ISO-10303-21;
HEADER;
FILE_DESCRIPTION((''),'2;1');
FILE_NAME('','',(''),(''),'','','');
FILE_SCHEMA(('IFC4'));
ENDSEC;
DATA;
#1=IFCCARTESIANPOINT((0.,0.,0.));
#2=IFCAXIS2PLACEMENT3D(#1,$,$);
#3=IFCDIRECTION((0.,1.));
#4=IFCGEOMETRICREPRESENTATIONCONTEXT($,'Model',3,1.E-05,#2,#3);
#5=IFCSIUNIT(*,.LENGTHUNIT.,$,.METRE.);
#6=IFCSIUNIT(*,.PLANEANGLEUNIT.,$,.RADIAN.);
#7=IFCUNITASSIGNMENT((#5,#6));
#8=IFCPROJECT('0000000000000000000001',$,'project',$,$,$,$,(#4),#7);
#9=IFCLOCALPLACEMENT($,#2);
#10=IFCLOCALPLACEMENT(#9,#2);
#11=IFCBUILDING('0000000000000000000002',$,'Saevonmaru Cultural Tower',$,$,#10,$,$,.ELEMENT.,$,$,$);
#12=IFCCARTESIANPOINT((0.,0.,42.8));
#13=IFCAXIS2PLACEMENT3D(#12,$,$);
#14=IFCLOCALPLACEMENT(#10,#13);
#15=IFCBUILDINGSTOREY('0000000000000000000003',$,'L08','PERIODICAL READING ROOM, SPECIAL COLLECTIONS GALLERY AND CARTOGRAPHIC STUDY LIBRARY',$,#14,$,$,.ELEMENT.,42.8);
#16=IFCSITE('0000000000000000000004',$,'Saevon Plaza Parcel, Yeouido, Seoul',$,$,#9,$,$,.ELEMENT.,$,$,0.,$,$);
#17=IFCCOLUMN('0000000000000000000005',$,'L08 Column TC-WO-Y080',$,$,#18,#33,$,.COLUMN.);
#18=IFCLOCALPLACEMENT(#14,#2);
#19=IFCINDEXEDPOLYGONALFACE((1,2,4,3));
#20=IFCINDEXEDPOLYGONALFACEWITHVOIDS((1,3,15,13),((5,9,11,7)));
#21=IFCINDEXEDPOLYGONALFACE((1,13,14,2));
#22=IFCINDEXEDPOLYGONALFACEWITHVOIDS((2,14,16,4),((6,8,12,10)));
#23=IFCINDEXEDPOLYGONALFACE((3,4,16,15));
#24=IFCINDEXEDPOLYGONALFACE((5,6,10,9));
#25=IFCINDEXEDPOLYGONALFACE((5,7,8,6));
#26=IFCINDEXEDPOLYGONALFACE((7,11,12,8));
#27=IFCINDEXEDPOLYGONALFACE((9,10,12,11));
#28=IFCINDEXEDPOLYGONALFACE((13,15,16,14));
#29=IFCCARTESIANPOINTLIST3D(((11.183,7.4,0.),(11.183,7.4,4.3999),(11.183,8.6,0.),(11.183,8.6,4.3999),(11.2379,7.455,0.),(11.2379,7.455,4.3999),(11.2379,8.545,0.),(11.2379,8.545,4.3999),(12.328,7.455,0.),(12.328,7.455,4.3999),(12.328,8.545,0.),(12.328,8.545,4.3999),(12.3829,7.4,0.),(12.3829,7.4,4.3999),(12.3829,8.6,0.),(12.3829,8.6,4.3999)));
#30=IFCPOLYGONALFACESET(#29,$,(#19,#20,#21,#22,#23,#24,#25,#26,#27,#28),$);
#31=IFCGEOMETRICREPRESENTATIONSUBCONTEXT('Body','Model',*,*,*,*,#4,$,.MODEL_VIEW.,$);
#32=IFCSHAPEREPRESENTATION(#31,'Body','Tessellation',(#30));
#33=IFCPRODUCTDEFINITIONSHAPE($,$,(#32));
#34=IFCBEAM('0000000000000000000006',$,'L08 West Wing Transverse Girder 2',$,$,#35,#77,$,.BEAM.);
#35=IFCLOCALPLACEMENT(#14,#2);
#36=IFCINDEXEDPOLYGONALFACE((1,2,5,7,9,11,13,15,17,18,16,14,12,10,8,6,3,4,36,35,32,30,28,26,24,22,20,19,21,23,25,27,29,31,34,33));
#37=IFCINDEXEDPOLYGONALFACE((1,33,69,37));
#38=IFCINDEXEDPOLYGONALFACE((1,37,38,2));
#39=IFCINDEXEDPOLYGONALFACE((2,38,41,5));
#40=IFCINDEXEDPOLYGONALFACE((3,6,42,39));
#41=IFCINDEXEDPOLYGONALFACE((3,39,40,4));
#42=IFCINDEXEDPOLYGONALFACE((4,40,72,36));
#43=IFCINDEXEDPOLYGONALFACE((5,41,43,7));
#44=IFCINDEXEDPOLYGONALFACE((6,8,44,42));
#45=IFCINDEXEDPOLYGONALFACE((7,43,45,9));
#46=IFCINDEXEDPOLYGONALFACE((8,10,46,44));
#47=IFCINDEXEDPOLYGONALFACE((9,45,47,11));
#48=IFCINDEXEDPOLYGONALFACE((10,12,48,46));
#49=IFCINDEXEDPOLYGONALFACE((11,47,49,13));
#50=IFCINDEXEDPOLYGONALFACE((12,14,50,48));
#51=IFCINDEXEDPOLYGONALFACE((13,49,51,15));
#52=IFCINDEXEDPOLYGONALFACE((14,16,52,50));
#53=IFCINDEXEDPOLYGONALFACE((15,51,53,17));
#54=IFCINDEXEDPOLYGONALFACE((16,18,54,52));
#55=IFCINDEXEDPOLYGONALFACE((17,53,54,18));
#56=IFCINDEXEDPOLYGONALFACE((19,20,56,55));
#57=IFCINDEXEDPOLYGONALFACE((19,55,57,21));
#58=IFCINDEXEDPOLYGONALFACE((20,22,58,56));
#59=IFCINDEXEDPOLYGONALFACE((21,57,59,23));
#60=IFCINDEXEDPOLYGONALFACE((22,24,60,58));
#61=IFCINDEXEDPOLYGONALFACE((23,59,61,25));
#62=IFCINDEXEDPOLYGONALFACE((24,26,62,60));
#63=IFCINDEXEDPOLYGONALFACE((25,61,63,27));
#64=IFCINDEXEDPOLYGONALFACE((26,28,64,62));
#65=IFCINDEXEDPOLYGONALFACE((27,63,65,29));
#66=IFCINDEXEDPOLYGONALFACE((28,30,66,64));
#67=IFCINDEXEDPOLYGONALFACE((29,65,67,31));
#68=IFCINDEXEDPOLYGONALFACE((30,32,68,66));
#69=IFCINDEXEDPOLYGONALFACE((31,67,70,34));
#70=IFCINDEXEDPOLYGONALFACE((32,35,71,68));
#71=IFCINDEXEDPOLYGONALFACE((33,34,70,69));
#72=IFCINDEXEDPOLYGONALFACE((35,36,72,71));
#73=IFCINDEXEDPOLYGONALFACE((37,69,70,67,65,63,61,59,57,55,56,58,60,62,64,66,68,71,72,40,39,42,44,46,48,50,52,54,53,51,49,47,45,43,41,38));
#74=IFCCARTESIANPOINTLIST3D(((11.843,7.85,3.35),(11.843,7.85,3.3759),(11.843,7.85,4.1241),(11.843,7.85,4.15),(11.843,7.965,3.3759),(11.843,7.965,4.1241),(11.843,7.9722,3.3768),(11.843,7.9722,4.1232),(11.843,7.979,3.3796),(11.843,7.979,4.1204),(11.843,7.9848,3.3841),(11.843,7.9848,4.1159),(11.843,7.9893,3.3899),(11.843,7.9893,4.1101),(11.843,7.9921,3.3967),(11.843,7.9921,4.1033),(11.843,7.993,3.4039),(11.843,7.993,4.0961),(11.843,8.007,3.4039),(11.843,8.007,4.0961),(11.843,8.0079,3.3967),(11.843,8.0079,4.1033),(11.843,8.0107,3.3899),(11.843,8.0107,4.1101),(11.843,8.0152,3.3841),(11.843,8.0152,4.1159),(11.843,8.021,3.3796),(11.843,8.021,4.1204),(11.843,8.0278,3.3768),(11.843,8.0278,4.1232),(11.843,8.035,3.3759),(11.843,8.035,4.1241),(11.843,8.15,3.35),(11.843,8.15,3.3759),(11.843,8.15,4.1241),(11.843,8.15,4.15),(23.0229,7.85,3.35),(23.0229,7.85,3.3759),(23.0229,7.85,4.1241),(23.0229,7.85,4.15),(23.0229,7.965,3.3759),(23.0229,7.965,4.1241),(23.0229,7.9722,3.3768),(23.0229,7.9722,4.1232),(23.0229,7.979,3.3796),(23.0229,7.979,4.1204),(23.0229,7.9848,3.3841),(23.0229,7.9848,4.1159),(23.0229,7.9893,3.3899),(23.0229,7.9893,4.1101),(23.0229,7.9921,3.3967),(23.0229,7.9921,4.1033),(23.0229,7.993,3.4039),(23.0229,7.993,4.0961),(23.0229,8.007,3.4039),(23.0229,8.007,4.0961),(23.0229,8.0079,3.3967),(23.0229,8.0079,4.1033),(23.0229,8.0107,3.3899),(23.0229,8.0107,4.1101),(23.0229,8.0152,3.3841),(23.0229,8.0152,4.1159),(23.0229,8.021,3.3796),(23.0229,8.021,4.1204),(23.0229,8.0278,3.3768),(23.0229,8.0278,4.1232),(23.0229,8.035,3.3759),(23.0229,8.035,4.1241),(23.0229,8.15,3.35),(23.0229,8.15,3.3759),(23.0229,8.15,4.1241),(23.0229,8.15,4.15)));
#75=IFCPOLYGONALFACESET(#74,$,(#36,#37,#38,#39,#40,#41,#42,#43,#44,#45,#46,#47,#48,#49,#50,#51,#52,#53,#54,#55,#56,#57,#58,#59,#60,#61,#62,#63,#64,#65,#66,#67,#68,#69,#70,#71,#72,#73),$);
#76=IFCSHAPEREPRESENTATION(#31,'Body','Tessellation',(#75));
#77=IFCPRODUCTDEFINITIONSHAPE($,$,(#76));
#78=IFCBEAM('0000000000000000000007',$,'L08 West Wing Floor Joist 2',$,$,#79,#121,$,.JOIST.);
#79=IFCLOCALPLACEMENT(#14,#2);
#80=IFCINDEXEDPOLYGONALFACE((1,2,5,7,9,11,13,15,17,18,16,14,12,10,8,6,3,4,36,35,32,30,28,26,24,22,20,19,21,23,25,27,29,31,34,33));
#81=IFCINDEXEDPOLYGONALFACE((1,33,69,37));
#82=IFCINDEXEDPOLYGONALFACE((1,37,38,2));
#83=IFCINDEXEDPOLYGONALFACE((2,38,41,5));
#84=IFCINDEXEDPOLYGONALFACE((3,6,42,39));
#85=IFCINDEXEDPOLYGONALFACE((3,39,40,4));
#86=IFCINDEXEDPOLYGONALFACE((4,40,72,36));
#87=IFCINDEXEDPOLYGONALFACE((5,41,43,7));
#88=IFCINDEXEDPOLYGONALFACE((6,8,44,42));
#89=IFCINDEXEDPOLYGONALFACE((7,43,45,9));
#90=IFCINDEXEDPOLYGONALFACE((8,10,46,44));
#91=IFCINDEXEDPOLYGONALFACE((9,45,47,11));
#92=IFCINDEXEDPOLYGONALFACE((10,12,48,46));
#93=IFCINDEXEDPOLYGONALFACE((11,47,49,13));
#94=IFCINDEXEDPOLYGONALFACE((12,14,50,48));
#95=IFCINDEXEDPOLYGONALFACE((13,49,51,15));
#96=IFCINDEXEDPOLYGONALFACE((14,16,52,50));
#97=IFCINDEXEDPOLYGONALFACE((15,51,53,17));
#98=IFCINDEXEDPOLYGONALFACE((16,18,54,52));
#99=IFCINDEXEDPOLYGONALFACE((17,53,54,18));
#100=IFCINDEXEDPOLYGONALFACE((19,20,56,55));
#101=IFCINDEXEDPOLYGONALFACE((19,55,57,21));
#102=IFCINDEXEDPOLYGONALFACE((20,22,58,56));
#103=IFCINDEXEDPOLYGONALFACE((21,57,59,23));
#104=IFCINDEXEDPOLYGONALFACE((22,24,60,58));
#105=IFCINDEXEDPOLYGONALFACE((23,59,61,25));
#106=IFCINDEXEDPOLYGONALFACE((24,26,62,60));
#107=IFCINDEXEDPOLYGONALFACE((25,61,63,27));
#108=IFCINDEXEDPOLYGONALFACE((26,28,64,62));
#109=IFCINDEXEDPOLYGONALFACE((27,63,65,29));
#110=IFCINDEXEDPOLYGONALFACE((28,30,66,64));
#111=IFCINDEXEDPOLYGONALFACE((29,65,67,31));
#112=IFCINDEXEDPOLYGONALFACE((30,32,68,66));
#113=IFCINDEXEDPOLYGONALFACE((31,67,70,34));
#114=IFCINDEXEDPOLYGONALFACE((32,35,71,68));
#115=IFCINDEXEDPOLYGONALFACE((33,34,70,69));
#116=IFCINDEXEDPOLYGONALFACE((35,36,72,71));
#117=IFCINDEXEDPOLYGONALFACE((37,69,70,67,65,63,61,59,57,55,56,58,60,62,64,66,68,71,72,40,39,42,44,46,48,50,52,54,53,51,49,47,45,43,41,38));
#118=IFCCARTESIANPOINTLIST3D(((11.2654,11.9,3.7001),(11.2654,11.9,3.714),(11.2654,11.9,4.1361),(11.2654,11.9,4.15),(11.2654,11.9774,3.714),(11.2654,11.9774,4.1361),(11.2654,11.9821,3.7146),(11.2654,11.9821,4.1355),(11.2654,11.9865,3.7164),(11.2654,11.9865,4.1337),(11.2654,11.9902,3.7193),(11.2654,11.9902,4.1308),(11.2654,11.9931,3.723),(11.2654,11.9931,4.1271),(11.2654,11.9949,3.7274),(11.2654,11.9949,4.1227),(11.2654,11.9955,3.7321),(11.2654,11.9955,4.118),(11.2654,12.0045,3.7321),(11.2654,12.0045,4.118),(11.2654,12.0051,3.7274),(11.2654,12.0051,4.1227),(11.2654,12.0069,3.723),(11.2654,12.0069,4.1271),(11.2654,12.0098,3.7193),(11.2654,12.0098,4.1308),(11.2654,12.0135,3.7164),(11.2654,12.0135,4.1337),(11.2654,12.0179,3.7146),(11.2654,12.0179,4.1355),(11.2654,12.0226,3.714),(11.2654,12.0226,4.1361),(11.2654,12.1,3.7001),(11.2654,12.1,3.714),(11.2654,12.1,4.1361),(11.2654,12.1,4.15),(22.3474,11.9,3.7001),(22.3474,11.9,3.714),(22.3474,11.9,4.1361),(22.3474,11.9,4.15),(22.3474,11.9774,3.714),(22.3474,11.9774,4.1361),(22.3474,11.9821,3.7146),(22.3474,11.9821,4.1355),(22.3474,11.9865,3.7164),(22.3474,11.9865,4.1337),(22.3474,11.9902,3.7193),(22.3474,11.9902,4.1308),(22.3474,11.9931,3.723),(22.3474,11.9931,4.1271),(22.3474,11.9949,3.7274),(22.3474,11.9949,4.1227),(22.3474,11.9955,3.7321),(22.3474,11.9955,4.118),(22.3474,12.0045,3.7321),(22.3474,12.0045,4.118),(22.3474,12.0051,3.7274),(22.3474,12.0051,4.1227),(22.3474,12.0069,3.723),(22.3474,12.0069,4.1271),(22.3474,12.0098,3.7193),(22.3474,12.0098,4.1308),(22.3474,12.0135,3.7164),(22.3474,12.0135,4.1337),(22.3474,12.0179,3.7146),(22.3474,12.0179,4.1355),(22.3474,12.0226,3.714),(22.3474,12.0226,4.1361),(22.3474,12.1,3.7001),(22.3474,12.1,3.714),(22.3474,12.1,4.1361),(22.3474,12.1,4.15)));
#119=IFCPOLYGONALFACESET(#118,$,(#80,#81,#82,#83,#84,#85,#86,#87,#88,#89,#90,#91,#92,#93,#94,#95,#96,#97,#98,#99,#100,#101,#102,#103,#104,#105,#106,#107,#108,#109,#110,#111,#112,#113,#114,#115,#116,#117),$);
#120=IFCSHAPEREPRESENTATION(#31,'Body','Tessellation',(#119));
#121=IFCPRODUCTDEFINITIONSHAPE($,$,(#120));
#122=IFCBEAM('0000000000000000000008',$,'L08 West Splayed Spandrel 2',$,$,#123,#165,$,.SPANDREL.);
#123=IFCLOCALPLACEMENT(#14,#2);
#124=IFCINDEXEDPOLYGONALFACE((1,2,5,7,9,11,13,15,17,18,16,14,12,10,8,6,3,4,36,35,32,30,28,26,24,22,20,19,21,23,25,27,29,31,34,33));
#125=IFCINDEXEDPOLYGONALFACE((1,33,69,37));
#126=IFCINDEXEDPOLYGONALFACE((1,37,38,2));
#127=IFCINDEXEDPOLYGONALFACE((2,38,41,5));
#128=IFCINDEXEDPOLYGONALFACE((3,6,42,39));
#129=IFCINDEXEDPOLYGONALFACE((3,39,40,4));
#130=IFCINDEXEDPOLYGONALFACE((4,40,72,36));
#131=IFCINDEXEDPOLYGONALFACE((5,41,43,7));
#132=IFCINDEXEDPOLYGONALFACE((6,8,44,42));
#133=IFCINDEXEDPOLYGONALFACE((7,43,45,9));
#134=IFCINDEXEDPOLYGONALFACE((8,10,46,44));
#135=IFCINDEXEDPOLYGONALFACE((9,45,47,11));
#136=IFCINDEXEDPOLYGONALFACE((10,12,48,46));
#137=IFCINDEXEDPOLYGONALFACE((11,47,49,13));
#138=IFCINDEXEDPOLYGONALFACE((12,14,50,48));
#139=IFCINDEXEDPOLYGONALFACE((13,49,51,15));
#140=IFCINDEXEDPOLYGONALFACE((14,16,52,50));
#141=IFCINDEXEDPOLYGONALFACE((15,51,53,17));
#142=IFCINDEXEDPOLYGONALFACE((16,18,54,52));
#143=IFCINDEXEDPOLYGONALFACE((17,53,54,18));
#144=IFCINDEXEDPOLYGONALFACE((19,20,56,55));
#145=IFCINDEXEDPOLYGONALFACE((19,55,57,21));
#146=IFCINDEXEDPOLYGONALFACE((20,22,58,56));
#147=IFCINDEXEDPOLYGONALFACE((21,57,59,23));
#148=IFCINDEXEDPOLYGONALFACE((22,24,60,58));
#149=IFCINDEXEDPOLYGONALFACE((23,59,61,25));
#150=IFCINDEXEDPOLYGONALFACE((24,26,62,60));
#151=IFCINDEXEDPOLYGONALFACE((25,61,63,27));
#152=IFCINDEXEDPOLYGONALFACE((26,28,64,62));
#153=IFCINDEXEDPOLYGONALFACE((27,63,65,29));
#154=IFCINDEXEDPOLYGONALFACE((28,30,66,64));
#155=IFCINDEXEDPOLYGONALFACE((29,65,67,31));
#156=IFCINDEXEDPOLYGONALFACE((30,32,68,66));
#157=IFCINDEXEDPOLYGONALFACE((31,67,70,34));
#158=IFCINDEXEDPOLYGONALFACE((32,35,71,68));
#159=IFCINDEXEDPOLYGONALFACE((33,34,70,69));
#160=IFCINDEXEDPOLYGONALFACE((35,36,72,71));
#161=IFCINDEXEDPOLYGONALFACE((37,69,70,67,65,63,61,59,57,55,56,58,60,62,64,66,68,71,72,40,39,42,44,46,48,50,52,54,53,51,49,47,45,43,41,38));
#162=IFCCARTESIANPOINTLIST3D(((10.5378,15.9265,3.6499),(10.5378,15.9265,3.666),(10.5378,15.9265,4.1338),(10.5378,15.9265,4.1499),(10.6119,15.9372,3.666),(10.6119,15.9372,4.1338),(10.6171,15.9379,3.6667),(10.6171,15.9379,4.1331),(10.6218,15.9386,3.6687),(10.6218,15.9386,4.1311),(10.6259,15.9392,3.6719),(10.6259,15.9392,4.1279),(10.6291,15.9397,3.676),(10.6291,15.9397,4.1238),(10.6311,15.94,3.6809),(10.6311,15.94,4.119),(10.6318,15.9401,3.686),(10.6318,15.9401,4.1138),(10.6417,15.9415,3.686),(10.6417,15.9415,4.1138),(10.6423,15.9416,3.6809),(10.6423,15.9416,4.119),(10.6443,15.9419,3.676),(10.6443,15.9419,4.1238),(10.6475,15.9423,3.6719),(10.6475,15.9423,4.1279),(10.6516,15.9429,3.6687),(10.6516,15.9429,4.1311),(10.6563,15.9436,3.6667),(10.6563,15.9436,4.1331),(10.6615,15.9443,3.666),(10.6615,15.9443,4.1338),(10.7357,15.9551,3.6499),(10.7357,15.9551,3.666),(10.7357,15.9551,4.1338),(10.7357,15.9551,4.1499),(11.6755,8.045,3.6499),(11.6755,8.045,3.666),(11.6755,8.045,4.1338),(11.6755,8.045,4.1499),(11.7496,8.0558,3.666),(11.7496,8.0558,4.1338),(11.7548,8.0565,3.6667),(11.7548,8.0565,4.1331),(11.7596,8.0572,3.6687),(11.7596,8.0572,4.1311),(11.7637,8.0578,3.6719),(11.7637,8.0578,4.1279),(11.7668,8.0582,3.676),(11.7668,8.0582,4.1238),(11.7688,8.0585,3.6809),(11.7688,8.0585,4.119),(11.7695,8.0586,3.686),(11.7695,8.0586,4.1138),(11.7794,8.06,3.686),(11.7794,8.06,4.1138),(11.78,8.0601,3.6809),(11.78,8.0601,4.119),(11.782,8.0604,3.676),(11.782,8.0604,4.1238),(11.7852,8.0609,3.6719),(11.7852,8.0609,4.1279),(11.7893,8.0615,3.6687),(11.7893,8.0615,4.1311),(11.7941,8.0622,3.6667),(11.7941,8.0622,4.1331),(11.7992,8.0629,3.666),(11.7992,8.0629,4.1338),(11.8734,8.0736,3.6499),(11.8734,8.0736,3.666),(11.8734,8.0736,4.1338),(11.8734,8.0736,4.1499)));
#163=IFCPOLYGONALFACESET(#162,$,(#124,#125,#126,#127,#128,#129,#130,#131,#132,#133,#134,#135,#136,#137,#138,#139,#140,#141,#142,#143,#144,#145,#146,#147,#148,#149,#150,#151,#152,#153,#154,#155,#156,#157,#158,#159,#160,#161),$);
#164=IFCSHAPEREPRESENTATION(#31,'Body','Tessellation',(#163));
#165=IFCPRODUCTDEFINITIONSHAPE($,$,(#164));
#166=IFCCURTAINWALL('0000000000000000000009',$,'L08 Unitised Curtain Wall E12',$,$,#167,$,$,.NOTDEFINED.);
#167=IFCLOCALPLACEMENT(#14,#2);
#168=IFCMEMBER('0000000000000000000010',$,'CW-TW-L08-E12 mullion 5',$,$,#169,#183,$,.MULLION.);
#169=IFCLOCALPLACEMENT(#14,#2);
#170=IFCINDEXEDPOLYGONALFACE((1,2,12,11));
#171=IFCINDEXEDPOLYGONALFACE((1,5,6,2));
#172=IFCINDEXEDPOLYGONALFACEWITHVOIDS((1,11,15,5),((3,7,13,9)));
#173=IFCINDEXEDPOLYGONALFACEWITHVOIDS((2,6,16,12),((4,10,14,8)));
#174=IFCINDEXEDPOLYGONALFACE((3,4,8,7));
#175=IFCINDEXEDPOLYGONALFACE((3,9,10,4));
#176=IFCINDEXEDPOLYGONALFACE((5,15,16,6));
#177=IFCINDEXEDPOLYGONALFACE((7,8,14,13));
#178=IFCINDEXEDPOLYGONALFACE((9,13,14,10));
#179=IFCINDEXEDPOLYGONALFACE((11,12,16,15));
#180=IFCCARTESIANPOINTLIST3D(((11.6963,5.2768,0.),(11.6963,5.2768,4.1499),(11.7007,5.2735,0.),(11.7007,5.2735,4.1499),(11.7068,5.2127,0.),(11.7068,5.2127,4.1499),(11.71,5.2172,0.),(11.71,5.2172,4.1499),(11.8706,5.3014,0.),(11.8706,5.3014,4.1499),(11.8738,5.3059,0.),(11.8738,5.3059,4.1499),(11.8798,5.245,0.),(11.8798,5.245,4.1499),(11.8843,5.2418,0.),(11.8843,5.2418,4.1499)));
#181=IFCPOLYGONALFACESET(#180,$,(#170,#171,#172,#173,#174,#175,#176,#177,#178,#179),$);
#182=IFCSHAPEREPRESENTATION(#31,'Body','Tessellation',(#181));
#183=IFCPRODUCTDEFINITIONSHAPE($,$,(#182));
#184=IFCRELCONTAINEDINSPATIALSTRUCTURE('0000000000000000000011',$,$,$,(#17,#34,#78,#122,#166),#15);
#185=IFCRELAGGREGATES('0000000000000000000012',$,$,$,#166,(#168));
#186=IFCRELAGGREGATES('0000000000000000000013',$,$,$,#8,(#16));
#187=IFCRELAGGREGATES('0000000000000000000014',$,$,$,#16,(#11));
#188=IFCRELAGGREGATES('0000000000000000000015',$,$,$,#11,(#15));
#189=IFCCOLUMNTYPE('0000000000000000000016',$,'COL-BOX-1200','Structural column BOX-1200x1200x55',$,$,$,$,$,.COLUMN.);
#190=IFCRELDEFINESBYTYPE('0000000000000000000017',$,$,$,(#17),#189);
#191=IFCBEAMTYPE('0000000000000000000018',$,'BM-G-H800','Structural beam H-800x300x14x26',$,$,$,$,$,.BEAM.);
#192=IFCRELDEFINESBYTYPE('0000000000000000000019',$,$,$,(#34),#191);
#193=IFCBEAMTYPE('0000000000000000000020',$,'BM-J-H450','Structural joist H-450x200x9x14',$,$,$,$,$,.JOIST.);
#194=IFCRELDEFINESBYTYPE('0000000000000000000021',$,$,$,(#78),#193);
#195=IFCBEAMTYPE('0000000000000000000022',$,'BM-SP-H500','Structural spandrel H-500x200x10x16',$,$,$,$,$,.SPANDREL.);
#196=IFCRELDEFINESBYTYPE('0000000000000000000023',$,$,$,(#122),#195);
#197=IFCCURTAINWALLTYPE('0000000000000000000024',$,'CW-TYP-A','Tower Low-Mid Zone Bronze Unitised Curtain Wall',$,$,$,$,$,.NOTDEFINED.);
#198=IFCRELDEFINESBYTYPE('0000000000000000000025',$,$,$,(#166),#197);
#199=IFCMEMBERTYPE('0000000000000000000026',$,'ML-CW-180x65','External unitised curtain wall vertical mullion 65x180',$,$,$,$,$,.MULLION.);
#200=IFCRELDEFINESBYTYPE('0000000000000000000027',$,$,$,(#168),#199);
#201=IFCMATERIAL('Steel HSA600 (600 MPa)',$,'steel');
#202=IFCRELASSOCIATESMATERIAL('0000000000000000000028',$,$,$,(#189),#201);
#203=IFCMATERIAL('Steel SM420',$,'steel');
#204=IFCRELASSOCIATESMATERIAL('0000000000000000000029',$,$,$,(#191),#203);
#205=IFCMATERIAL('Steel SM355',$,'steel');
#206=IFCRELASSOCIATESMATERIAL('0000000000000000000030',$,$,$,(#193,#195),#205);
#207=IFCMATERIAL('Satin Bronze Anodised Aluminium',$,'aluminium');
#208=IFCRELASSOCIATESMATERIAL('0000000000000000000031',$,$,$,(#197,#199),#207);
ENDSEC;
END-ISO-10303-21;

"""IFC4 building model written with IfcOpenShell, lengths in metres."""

from ifc_helpers import new_model, si_unit, direction, frame, origin, origin_2d, place, context, subcontext, project, spatial, hollow_rectangle, i_section, extrude, material, material_profile, profile_set, type_object, element, aggregate, save


model = new_model("IFC4")

# Units and contexts
model_context = context("Model", 3, precision=1e-05, world=origin(), true_north=direction((0.0, 1.0)))
body_context = subcontext(model_context, "Body", "Model", "MODEL_VIEW")
ifc_project = project(units=[si_unit("LENGTHUNIT", "METRE"), si_unit("PLANEANGLEUNIT", "RADIAN")], contexts=[model_context])

# Site, building, storey
site_placement = place(None, origin())
site = spatial("IfcSite", under=ifc_project, at=site_placement, Name="Saevon Plaza Parcel, Yeouido, Seoul", CompositionType="ELEMENT", RefElevation=0.0)
building_placement = place(site_placement, origin())
building = spatial("IfcBuilding", under=site, at=building_placement, Name="Saevonmaru Cultural Tower", CompositionType="ELEMENT")
storey_placement = place(building_placement, frame((0.0, 0.0, 42.8)))
storey = spatial("IfcBuildingStorey", under=building, at=storey_placement, Name="L08", Description="PERIODICAL READING ROOM, SPECIAL COLLECTIONS GALLERY AND CARTOGRAPHIC STUDY LIBRARY", CompositionType="ELEMENT", Elevation=42.8)

# Column
ifc_material_1 = material(Name="Steel HSA600 (600 MPa)", Category="steel")
ifc_material_profile_1 = material_profile(ifc_material_1, hollow_rectangle(XDim=1.2, YDim=1.2, WallThickness=0.0549, at=origin_2d()), Name="BOX-1200x1200x55")
ifc_profile_set_1 = profile_set([ifc_material_profile_1], Name="Steel HSA600 (600 MPa)")
column_type = type_object("IfcColumnType", Name="COL-BOX-1200", Description="Structural column BOX-1200x1200x55", PredefinedType="COLUMN", material=ifc_profile_set_1)
column_placement = place(storey_placement, frame((11.783, 8.0, 0.0), z_axis=(0.0, 0.0, 1.0), x_axis=(1.0, 0.0, 0.0)))
element("IfcColumn", 1, at=column_placement, inside=storey, type_object=column_type, Name="L08 Column TC-WO-Y080", PredefinedType="COLUMN", context=body_context, shape_type="SweptSolid", body=[
    extrude(hollow_rectangle(XDim=1.2, YDim=1.2, WallThickness=0.0549, at=origin_2d()), origin(), (0.0, 0.0, 1.0), 4.3999),
])

# Beams
ifc_material_2 = material(Name="Steel SM420", Category="steel")
ifc_material_profile_2 = material_profile(ifc_material_2, i_section(OverallWidth=0.3, OverallDepth=0.8, WebThickness=0.0139, FlangeThickness=0.0259, FilletRadius=0.0281, at=origin_2d()), Name="H-800x300x14x26")
ifc_profile_set_2 = profile_set([ifc_material_profile_2], Name="Steel SM420")
beam_type_1 = type_object("IfcBeamType", Name="BM-G-H800", Description="Structural beam H-800x300x14x26", PredefinedType="BEAM", material=ifc_profile_set_2)
beam_1_placement = place(storey_placement, frame((11.843, 8.0, 3.75), z_axis=(1.0, 0.0, 0.0), x_axis=(0.0, 1.0, 0.0)))
element("IfcBeam", 2, at=beam_1_placement, inside=storey, type_object=beam_type_1, Name="L08 West Wing Transverse Girder 2", PredefinedType="BEAM", context=body_context, shape_type="SweptSolid", body=[
    extrude(i_section(OverallWidth=0.3, OverallDepth=0.8, WebThickness=0.0139, FlangeThickness=0.0259, FilletRadius=0.0281, at=origin_2d()), origin(), (0.0, 0.0, 1.0), 11.1799),
])
ifc_material_3 = material(Name="Steel SM355", Category="steel")
ifc_material_profile_3 = material_profile(ifc_material_3, i_section(OverallWidth=0.2, OverallDepth=0.45, WebThickness=0.009, FlangeThickness=0.0139, FilletRadius=0.0181, at=origin_2d()), Name="H-450x200x9x14")
ifc_profile_set_3 = profile_set([ifc_material_profile_3], Name="Steel SM355")
beam_type_2 = type_object("IfcBeamType", Name="BM-J-H450", Description="Structural joist H-450x200x9x14", PredefinedType="JOIST", material=ifc_profile_set_3)
beam_2_placement = place(storey_placement, frame((11.2654, 12.0, 3.925), z_axis=(1.0, 0.0, 0.0), x_axis=(0.0, 1.0, 0.0)))
element("IfcBeam", 3, at=beam_2_placement, inside=storey, type_object=beam_type_2, Name="L08 West Wing Floor Joist 2", PredefinedType="JOIST", context=body_context, shape_type="SweptSolid", body=[
    extrude(i_section(OverallWidth=0.2, OverallDepth=0.45, WebThickness=0.009, FlangeThickness=0.0139, FilletRadius=0.0181, at=origin_2d()), origin(), (0.0, 0.0, 1.0), 11.082),
])
ifc_material_profile_4 = material_profile(ifc_material_3, i_section(OverallWidth=0.2, OverallDepth=0.5, WebThickness=0.01, FlangeThickness=0.0161, FilletRadius=0.02, at=origin_2d()), Name="H-500x200x10x16")
ifc_profile_set_4 = profile_set([ifc_material_profile_4], Name="Steel SM355")
beam_type_3 = type_object("IfcBeamType", Name="BM-SP-H500", Description="Structural spandrel H-500x200x10x16", PredefinedType="SPANDREL", material=ifc_profile_set_4)
beam_3_placement = place(storey_placement, frame((11.7744, 8.0593, 3.8999), z_axis=(-0.142872, 0.989741, 0.0), x_axis=(-0.989741, -0.142872, 0.0)))
element("IfcBeam", 4, at=beam_3_placement, inside=storey, type_object=beam_type_3, Name="L08 West Splayed Spandrel 2", PredefinedType="SPANDREL", context=body_context, shape_type="SweptSolid", body=[
    extrude(i_section(OverallWidth=0.2, OverallDepth=0.5, WebThickness=0.01, FlangeThickness=0.0161, FilletRadius=0.02, at=origin_2d()), origin(), (0.0, 0.0, 1.0), 7.9631),
])

# Curtain wall, member
ifc_material_4 = material(Name="Satin Bronze Anodised Aluminium", Category="aluminium")
curtain_wall_type = type_object("IfcCurtainWallType", Name="CW-TYP-A", Description="Tower Low-Mid Zone Bronze Unitised Curtain Wall", PredefinedType="NOTDEFINED", material=ifc_material_4)
curtain_wall_placement = place(storey_placement, origin())
curtain_wall = element("IfcCurtainWall", 5, at=curtain_wall_placement, inside=storey, type_object=curtain_wall_type, Name="L08 Unitised Curtain Wall E12", PredefinedType="NOTDEFINED")
ifc_material_profile_5 = material_profile(ifc_material_4, hollow_rectangle(XDim=0.0649, YDim=0.1799, WallThickness=0.0039, at=origin_2d()), Name="ALU-MULL-180x65x4")
ifc_profile_set_5 = profile_set([ifc_material_profile_5], Name="Satin Bronze Anodised Aluminium")
member_type = type_object("IfcMemberType", Name="ML-CW-180x65", Description="External unitised curtain wall vertical mullion 65x180", PredefinedType="MULLION", material=ifc_profile_set_5)
member_placement = place(storey_placement, frame((11.7903, 5.2593, 0.0), z_axis=(0.0, 0.0, 1.0), x_axis=(0.161709, -0.986839, 0.0)))
member = element("IfcMember", 6, at=member_placement, type_object=member_type, Name="CW-TW-L08-E12 mullion 5", PredefinedType="MULLION", context=body_context, shape_type="SweptSolid", body=[
    extrude(hollow_rectangle(XDim=0.0649, YDim=0.1799, WallThickness=0.0039, at=origin_2d()), origin(), (0.0, 0.0, 1.0), 4.1499),
])
aggregate(curtain_wall, [member])

save(model, "model.ifc")
